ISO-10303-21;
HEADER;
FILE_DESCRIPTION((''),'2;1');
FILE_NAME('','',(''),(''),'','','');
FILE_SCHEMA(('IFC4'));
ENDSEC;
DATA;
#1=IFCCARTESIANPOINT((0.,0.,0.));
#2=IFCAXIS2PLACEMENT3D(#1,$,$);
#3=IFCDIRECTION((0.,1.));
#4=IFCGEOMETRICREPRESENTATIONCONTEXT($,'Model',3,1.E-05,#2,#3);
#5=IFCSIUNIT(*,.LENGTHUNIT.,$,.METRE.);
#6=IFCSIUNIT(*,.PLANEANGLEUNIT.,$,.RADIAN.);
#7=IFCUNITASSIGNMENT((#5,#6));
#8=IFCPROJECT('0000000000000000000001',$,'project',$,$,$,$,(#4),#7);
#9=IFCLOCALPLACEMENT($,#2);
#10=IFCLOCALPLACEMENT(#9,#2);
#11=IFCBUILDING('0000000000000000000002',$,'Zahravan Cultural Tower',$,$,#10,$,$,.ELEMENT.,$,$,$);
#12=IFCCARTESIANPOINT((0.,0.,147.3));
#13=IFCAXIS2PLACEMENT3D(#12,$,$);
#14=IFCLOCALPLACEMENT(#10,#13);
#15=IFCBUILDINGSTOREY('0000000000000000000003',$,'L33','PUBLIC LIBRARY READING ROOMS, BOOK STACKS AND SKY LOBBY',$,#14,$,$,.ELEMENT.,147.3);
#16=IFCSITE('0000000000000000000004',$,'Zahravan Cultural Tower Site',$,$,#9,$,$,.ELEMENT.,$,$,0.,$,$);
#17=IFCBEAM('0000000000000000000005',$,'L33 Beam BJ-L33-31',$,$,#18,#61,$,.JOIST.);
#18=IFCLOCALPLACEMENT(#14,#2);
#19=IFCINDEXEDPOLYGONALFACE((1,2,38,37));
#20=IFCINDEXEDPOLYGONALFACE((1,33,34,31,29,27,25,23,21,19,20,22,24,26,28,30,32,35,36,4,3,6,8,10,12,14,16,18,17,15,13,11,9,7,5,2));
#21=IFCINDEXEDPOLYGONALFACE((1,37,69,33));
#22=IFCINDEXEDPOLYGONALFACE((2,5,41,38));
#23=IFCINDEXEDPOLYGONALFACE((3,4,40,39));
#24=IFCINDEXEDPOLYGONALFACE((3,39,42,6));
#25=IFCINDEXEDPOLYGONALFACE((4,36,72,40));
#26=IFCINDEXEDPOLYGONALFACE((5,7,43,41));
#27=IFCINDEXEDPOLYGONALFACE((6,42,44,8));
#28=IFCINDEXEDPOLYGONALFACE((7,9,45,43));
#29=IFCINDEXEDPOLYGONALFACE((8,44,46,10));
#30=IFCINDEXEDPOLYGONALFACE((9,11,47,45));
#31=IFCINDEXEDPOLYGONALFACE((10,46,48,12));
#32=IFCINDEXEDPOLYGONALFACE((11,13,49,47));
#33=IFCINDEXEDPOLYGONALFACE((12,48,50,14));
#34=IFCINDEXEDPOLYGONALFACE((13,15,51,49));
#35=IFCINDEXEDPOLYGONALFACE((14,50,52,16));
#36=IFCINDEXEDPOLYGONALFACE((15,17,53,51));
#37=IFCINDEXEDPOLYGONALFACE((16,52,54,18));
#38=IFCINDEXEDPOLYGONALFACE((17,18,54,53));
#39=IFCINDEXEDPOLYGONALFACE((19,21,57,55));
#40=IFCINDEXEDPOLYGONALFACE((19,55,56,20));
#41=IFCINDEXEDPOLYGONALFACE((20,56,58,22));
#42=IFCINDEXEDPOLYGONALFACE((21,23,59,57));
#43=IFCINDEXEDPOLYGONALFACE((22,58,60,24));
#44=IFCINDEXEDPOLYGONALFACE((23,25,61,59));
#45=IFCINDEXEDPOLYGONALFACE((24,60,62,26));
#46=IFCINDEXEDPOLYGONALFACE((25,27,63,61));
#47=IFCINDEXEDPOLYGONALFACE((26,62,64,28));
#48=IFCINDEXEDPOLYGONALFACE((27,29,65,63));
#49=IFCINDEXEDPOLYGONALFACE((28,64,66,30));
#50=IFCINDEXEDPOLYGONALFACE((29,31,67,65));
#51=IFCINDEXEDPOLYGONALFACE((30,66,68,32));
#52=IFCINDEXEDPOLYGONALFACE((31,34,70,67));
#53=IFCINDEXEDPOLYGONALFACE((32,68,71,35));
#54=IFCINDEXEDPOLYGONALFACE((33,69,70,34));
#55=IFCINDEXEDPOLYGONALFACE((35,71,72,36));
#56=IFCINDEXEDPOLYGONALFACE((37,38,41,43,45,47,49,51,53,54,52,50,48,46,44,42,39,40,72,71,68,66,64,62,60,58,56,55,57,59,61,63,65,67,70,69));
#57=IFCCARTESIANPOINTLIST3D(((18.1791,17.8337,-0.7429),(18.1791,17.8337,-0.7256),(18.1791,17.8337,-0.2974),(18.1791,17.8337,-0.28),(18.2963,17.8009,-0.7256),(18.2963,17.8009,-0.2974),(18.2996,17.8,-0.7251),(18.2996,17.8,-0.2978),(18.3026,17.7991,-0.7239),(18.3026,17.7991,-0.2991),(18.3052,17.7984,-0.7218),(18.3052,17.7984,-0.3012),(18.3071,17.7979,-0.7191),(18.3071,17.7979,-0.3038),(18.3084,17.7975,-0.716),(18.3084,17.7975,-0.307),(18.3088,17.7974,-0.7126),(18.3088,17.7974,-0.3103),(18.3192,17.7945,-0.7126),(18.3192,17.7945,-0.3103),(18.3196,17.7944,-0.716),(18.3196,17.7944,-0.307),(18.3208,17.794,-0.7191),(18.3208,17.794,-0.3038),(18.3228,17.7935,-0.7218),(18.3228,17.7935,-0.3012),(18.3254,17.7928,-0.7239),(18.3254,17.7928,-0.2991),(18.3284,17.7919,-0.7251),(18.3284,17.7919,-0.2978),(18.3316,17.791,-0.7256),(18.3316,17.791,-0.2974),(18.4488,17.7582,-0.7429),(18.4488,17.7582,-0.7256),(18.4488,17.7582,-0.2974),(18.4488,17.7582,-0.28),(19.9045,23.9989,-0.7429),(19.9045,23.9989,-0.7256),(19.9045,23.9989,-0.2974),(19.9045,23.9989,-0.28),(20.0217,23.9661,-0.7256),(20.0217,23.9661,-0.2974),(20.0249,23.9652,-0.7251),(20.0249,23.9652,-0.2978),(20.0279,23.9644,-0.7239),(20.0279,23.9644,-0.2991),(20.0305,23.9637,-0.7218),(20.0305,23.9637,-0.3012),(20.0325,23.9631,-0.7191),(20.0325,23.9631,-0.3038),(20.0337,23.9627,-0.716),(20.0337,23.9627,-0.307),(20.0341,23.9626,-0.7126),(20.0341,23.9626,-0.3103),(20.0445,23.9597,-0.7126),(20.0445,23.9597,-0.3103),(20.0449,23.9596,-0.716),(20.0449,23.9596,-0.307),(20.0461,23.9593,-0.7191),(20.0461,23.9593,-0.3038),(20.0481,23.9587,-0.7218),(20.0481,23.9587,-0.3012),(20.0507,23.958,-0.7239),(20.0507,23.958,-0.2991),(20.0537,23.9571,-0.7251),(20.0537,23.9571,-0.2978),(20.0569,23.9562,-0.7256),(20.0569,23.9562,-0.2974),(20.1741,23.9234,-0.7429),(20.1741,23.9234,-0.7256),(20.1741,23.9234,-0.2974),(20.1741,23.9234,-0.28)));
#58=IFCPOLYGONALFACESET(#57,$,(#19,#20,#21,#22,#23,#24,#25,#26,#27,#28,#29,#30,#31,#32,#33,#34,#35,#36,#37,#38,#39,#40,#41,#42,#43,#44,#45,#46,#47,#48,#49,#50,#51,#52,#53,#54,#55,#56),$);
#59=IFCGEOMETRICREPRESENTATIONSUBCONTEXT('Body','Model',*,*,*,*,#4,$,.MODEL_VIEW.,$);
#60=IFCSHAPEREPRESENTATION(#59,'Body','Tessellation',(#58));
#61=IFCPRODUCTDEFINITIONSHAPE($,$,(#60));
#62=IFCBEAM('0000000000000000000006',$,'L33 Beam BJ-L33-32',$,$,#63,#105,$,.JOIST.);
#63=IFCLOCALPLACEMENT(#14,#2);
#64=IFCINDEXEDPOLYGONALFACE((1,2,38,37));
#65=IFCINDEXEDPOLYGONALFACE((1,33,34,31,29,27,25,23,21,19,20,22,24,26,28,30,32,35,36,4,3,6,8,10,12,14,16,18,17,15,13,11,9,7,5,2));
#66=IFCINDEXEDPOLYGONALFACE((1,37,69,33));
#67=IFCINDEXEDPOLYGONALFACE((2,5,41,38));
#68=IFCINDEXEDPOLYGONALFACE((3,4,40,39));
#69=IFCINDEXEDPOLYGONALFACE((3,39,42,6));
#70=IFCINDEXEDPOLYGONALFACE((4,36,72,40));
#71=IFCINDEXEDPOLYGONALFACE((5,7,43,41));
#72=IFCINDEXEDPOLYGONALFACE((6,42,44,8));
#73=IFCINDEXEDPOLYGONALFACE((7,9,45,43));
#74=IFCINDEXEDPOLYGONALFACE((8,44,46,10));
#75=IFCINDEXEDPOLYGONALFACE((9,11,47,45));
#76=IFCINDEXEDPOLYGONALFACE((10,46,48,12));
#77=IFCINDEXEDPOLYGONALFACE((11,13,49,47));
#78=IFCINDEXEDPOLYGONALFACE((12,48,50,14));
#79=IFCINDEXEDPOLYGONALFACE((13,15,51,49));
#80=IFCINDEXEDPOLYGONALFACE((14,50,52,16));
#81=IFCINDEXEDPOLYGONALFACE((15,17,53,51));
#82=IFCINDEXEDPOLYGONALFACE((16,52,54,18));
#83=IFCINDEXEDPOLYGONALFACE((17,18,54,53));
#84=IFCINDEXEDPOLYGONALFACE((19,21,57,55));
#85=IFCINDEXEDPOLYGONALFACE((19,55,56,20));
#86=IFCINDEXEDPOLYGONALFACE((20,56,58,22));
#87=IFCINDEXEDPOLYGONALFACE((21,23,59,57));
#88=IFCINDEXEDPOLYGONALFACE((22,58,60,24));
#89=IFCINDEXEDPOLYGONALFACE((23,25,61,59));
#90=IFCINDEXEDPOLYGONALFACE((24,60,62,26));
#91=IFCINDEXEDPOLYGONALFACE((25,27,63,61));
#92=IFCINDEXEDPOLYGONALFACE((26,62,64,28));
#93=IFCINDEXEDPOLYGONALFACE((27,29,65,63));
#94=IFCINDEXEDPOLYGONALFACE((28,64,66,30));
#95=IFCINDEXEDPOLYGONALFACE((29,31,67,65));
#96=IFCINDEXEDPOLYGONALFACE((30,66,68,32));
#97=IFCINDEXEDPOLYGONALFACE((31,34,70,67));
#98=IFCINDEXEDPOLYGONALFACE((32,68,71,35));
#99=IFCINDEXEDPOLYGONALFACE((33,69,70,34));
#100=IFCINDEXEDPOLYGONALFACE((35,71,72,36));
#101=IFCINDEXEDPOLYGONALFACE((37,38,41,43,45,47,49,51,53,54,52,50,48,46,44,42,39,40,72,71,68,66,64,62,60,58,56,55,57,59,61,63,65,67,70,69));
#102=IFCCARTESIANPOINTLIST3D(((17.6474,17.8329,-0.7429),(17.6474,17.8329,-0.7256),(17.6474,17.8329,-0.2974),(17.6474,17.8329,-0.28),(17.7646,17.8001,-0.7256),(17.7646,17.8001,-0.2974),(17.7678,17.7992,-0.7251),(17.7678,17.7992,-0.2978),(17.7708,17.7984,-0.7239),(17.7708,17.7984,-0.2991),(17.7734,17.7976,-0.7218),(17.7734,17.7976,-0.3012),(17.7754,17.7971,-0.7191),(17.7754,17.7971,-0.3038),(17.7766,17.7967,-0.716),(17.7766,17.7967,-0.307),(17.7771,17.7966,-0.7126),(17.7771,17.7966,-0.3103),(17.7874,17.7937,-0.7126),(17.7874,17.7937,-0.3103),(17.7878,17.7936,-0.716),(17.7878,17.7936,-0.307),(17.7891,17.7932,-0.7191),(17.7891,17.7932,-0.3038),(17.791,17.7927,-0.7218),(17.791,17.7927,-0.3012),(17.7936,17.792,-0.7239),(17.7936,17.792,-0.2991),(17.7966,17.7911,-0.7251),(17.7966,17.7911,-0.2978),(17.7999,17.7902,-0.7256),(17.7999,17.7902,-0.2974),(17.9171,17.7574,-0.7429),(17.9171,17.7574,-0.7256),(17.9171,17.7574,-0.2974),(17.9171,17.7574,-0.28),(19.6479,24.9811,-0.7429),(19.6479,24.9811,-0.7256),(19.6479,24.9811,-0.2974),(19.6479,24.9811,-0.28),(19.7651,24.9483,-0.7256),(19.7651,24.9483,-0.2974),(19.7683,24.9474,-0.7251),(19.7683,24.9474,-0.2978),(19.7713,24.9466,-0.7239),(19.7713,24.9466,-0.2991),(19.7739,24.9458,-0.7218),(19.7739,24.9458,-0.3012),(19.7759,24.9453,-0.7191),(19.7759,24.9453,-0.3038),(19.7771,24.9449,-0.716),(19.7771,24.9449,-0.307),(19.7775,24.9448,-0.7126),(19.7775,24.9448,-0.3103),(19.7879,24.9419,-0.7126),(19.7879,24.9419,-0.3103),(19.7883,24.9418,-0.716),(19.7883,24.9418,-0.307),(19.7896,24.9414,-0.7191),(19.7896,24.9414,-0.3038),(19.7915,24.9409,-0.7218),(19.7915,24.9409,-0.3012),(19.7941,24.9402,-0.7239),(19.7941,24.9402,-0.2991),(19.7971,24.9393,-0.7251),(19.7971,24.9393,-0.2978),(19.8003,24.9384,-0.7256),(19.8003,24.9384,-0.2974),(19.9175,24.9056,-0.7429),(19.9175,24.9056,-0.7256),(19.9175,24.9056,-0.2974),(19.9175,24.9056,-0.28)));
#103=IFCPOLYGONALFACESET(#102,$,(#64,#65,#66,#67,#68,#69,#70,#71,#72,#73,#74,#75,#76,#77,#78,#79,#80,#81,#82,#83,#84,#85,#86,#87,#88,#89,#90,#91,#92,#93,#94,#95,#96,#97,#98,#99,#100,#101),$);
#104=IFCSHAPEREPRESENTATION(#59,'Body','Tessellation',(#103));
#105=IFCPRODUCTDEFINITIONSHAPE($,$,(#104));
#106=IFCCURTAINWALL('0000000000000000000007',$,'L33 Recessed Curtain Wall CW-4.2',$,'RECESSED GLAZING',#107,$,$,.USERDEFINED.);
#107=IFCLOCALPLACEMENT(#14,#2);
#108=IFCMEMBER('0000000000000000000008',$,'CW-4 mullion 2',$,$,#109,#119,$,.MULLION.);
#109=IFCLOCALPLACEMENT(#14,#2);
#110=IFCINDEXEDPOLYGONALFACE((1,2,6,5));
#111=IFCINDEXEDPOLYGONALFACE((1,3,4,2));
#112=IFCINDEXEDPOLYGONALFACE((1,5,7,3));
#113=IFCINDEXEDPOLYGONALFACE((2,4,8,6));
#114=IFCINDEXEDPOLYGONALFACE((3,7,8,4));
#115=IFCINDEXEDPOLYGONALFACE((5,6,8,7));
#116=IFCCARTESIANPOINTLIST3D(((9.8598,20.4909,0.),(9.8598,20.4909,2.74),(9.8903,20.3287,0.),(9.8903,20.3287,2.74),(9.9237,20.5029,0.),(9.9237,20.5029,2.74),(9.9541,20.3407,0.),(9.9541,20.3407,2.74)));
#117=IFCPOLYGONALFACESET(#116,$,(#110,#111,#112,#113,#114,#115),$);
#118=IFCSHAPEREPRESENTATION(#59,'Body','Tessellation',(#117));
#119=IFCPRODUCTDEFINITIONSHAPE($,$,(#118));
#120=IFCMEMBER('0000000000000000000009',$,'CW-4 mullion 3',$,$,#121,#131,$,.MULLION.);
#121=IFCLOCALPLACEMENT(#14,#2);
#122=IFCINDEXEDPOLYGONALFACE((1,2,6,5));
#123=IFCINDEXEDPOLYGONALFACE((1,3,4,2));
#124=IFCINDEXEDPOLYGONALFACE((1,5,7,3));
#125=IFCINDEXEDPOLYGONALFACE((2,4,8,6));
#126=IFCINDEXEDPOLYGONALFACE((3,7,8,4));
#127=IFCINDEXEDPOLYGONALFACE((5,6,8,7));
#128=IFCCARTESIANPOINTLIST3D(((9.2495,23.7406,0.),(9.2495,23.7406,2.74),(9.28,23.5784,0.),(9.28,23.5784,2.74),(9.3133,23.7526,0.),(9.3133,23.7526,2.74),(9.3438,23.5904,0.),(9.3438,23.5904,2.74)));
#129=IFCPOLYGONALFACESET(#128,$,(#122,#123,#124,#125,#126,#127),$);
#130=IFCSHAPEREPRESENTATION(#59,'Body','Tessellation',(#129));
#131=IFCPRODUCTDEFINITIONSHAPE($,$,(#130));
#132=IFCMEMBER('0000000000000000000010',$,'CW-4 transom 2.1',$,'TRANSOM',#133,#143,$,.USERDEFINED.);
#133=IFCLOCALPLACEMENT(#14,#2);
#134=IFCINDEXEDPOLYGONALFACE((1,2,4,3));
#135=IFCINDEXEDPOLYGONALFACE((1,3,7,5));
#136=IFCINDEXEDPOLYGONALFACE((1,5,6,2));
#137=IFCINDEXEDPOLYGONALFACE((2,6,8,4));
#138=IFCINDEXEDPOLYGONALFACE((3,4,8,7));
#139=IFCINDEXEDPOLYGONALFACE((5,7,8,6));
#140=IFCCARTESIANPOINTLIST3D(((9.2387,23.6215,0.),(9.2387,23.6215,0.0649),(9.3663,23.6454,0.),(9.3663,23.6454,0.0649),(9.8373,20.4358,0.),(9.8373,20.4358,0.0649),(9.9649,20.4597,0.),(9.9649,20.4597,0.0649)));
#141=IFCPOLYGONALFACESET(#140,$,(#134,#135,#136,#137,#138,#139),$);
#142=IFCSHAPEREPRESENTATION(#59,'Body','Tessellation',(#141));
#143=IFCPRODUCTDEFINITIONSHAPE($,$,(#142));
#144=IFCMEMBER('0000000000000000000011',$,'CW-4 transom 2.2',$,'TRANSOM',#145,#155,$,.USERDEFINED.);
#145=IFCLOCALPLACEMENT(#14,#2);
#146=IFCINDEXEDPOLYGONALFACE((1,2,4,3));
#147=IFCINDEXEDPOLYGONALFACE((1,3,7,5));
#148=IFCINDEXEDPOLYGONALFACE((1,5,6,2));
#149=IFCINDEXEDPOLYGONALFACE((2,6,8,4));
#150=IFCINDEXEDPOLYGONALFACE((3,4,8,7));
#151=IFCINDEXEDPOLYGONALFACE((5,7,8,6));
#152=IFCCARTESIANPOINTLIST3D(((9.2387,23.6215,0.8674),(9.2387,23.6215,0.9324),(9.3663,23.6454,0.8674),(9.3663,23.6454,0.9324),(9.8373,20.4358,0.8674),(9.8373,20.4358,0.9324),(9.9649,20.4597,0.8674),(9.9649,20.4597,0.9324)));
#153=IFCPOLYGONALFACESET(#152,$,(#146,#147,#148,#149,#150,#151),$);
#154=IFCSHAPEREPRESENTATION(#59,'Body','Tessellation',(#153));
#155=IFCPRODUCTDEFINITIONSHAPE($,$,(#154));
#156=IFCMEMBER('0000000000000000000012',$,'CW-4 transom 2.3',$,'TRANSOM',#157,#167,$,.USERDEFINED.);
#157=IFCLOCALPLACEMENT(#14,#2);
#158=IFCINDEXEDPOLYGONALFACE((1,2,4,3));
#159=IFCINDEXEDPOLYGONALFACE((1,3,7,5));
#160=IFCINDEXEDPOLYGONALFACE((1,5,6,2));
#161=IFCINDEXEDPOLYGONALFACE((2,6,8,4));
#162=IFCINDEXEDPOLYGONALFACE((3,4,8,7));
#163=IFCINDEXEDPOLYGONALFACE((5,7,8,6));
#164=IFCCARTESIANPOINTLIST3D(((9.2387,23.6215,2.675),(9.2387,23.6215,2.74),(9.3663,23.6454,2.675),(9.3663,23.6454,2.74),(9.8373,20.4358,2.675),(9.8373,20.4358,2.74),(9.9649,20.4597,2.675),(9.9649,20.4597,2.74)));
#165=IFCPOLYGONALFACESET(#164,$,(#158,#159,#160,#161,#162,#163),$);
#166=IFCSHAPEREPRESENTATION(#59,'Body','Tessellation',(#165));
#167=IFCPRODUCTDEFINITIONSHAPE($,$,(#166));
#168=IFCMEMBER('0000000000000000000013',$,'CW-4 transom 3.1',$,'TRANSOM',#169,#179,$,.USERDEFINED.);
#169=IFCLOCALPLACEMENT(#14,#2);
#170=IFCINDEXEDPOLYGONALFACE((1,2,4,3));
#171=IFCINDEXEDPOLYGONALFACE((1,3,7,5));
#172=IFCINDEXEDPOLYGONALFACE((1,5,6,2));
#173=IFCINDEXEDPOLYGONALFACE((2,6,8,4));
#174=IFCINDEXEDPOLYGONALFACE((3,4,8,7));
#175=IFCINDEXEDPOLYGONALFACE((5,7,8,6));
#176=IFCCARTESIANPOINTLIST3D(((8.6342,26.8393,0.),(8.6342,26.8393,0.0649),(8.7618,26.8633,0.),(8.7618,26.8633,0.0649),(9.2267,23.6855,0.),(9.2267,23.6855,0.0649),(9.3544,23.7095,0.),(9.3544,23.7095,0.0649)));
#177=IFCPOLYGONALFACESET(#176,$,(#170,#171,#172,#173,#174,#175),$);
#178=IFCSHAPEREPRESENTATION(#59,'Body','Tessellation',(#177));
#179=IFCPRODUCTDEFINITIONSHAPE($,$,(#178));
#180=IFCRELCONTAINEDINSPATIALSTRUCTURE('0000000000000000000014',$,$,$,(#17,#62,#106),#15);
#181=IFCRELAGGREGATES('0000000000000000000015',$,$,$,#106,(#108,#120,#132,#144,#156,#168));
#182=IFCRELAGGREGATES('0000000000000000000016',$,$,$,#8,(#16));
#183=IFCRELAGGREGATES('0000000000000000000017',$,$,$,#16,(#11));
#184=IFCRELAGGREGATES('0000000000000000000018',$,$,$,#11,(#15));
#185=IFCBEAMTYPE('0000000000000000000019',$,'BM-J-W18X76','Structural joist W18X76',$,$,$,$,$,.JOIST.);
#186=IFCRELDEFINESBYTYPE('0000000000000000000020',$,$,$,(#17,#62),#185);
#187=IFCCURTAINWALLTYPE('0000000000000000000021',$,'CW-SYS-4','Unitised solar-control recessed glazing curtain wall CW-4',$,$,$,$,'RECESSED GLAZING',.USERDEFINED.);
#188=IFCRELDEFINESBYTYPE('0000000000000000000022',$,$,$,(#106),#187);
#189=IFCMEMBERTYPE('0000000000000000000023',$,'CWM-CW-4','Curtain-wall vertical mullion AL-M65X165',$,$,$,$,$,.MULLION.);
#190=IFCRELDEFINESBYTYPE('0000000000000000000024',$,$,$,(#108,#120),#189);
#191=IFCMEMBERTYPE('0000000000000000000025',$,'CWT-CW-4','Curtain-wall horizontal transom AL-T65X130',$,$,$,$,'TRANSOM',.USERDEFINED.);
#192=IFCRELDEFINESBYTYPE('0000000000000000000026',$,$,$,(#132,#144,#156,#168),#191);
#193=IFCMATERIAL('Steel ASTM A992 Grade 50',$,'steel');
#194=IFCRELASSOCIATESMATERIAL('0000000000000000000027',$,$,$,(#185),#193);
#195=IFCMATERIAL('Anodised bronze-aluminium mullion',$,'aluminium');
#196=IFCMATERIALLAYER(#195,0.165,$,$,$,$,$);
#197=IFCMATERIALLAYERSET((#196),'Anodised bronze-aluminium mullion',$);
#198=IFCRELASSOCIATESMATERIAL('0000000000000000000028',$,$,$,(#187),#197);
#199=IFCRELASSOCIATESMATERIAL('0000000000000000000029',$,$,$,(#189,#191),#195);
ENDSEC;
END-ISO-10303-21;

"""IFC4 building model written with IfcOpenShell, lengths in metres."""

from ifc_helpers import new_model, si_unit, direction, frame, origin, origin_2d, place, context, subcontext, project, spatial, rectangle, i_section, extrude, source, transform, mapped, material, layer, layer_set, material_profile, profile_set, type_object, element, aggregate, save


model = new_model("IFC4")

# Units and contexts
model_context = context("Model", 3, precision=1e-05, world=origin(), true_north=direction((0.0, 1.0)))
body_context = subcontext(model_context, "Body", "Model", "MODEL_VIEW")
ifc_project = project(units=[si_unit("LENGTHUNIT", "METRE"), si_unit("PLANEANGLEUNIT", "RADIAN")], contexts=[model_context])

# Site, building, storey
site_placement = place(None, origin())
site = spatial("IfcSite", under=ifc_project, at=site_placement, Name="Zahravan Cultural Tower Site", CompositionType="ELEMENT", RefElevation=0.0)
building_placement = place(site_placement, origin())
building = spatial("IfcBuilding", under=site, at=building_placement, Name="Zahravan Cultural Tower", CompositionType="ELEMENT")
storey_placement = place(building_placement, frame((0.0, 0.0, 147.3)))
storey = spatial("IfcBuildingStorey", under=building, at=storey_placement, Name="L33", Description="PUBLIC LIBRARY READING ROOMS, BOOK STACKS AND SKY LOBBY", CompositionType="ELEMENT", Elevation=147.3)

# Shared definitions
ifc_material_1 = material(Name="Steel ASTM A992 Grade 50", Category="steel")

# Beams
ifc_material_profile_1 = material_profile(ifc_material_1, i_section(OverallWidth=0.28, OverallDepth=0.4629, WebThickness=0.0107, FlangeThickness=0.0173, FilletRadius=0.0129, at=origin_2d()), Name="W18X76")
ifc_profile_set_1 = profile_set([ifc_material_profile_1], Name="Steel ASTM A992 Grade 50")
beam_type = type_object("IfcBeamType", Name="BM-J-W18X76", Description="Structural joist W18X76", PredefinedType="JOIST", material=ifc_profile_set_1)
shared_shape_1 = source(origin(), body_context, "Body", "SweptSolid", [
    extrude(i_section(OverallWidth=0.28, OverallDepth=0.4629, WebThickness=0.0107, FlangeThickness=0.0173, FilletRadius=0.0129, at=origin_2d()), origin(), (0.0, 0.0, 1.0), 6.4021),
])
beam_1_placement = place(storey_placement, frame((20.0393, 23.9612, -0.5115), z_axis=(-0.269494, -0.963002, 0.0), x_axis=(0.963002, -0.269494, 0.0)))
element("IfcBeam", 1, at=beam_1_placement, inside=storey, type_object=beam_type, Name="L33 Beam BJ-L33-31", PredefinedType="JOIST", context=body_context, shape_type="MappedRepresentation", body=[
    mapped(shared_shape_1, transform((0.0, 0.0, 0.0), x_axis=(1.0, 0.0, 0.0), y_axis=(0.0, 1.0, 0.0), z_axis=(0.0, 0.0, 1.0), scale=1.0)),
])
shared_shape_2 = source(origin(), body_context, "Body", "SweptSolid", [
    extrude(i_section(OverallWidth=0.28, OverallDepth=0.4629, WebThickness=0.0107, FlangeThickness=0.0173, FilletRadius=0.0129, at=origin_2d()), origin(), (0.0, 0.0, 1.0), 7.4229),
])
beam_2_placement = place(storey_placement, frame((19.7827, 24.9434, -0.5115), z_axis=(-0.269504, -0.962999, 0.0), x_axis=(0.962999, -0.269504, 0.0)))
element("IfcBeam", 2, at=beam_2_placement, inside=storey, type_object=beam_type, Name="L33 Beam BJ-L33-32", PredefinedType="JOIST", context=body_context, shape_type="MappedRepresentation", body=[
    mapped(shared_shape_2, transform((0.0, 0.0, 0.0), x_axis=(1.0, 0.0, 0.0), y_axis=(0.0, 1.0, 0.0), z_axis=(0.0, 0.0, 1.0), scale=1.0)),
])

# Curtain wall, members
ifc_material_2 = material(Name="Anodised bronze-aluminium mullion", Category="aluminium")
ifc_layer_1 = layer(ifc_material_2, 0.165)
ifc_layer_set_1 = layer_set([ifc_layer_1], Name="Anodised bronze-aluminium mullion")
curtain_wall_type = type_object("IfcCurtainWallType", Name="CW-SYS-4", Description="Unitised solar-control recessed glazing curtain wall CW-4", ElementType="RECESSED GLAZING", PredefinedType="USERDEFINED", material=ifc_layer_set_1)
curtain_wall_placement = place(storey_placement, origin())
curtain_wall = element("IfcCurtainWall", 3, at=curtain_wall_placement, inside=storey, type_object=curtain_wall_type, Name="L33 Recessed Curtain Wall CW-4.2", ObjectType="RECESSED GLAZING", PredefinedType="USERDEFINED")
ifc_material_profile_2 = material_profile(ifc_material_2, rectangle(XDim=0.0649, YDim=0.165, at=origin_2d()), Name="AL-M65X165")
ifc_profile_set_2 = profile_set([ifc_material_profile_2], Name="Anodised bronze-aluminium mullion")
member_type_1 = type_object("IfcMemberType", Name="CWM-CW-4", Description="Curtain-wall vertical mullion AL-M65X165", PredefinedType="MULLION", material=ifc_profile_set_2)
shared_shape_3 = source(origin(), body_context, "Body", "SweptSolid", [
    extrude(rectangle(XDim=0.0649, YDim=0.165, at=origin_2d()), origin(), (0.0, 0.0, 1.0), 2.74),
])
member_1_placement = place(storey_placement, frame((9.907, 20.4158, 0.0), z_axis=(0.0, 0.0, 1.0), x_axis=(-0.982807, -0.184638, 0.0)))
member_1 = element("IfcMember", 4, at=member_1_placement, type_object=member_type_1, Name="CW-4 mullion 2", PredefinedType="MULLION", context=body_context, shape_type="MappedRepresentation", body=[
    mapped(shared_shape_3, transform((0.0, 0.0, 0.0), x_axis=(1.0, 0.0, 0.0), y_axis=(0.0, 1.0, 0.0), z_axis=(0.0, 0.0, 1.0), scale=1.0)),
])
member_2_placement = place(storey_placement, frame((9.2966, 23.6655, 0.0), z_axis=(0.0, 0.0, 1.0), x_axis=(-0.982807, -0.184638, 0.0)))
member_2 = element("IfcMember", 5, at=member_2_placement, type_object=member_type_1, Name="CW-4 mullion 3", PredefinedType="MULLION", context=body_context, shape_type="MappedRepresentation", body=[
    mapped(shared_shape_3, transform((0.0, 0.0, 0.0), x_axis=(1.0, 0.0, 0.0), y_axis=(0.0, 1.0, 0.0), z_axis=(0.0, 0.0, 1.0), scale=1.0)),
])
ifc_material_profile_3 = material_profile(ifc_material_2, rectangle(XDim=0.1299, YDim=0.0649, at=origin_2d()), Name="AL-T65X130")
ifc_profile_set_3 = profile_set([ifc_material_profile_3], Name="Anodised bronze-aluminium mullion")
member_type_2 = type_object("IfcMemberType", Name="CWT-CW-4", Description="Curtain-wall horizontal transom AL-T65X130", ElementType="TRANSOM", PredefinedType="USERDEFINED", material=ifc_profile_set_3)
shared_shape_4 = source(origin(), body_context, "Body", "SweptSolid", [
    extrude(rectangle(XDim=0.1299, YDim=0.0649, at=origin_2d()), origin(), (0.0, 0.0, 1.0), 3.2415),
])
member_3_placement = place(storey_placement, frame((9.9011, 20.4478, 0.0325), z_axis=(-0.184675, 0.9828, 0.0), x_axis=(-0.9828, -0.184675, 0.0)))
member_3 = element("IfcMember", 6, at=member_3_placement, type_object=member_type_2, Name="CW-4 transom 2.1", ObjectType="TRANSOM", PredefinedType="USERDEFINED", context=body_context, shape_type="MappedRepresentation", body=[
    mapped(shared_shape_4, transform((0.0, 0.0, 0.0), x_axis=(1.0, 0.0, 0.0), y_axis=(0.0, 1.0, 0.0), z_axis=(0.0, 0.0, 1.0), scale=1.0)),
])
member_4_placement = place(storey_placement, frame((9.9011, 20.4478, 0.8999), z_axis=(-0.184675, 0.9828, 0.0), x_axis=(-0.9828, -0.184675, 0.0)))
member_4 = element("IfcMember", 7, at=member_4_placement, type_object=member_type_2, Name="CW-4 transom 2.2", ObjectType="TRANSOM", PredefinedType="USERDEFINED", context=body_context, shape_type="MappedRepresentation", body=[
    mapped(shared_shape_4, transform((0.0, 0.0, 0.0), x_axis=(1.0, 0.0, 0.0), y_axis=(0.0, 1.0, 0.0), z_axis=(0.0, 0.0, 1.0), scale=1.0)),
])
member_5_placement = place(storey_placement, frame((9.9011, 20.4478, 2.7075), z_axis=(-0.184675, 0.9828, 0.0), x_axis=(-0.9828, -0.184675, 0.0)))
member_5 = element("IfcMember", 8, at=member_5_placement, type_object=member_type_2, Name="CW-4 transom 2.3", ObjectType="TRANSOM", PredefinedType="USERDEFINED", context=body_context, shape_type="MappedRepresentation", body=[
    mapped(shared_shape_4, transform((0.0, 0.0, 0.0), x_axis=(1.0, 0.0, 0.0), y_axis=(0.0, 1.0, 0.0), z_axis=(0.0, 0.0, 1.0), scale=1.0)),
])
shared_shape_5 = source(origin(), body_context, "Body", "SweptSolid", [
    extrude(rectangle(XDim=0.1299, YDim=0.0649, at=origin_2d()), origin(), (0.0, 0.0, 1.0), 3.209),
])
member_6_placement = place(storey_placement, frame((9.2905, 23.6975, 0.0325), z_axis=(-0.184647, 0.982805, 0.0), x_axis=(-0.982805, -0.184647, 0.0)))
member_6 = element("IfcMember", 9, at=member_6_placement, type_object=member_type_2, Name="CW-4 transom 3.1", ObjectType="TRANSOM", PredefinedType="USERDEFINED", context=body_context, shape_type="MappedRepresentation", body=[
    mapped(shared_shape_5, transform((0.0, 0.0, 0.0), x_axis=(1.0, 0.0, 0.0), y_axis=(0.0, 1.0, 0.0), z_axis=(0.0, 0.0, 1.0), scale=1.0)),
])
aggregate(curtain_wall, [member_1, member_2, member_3, member_4, member_5, member_6])

save(model, "model.ifc")
